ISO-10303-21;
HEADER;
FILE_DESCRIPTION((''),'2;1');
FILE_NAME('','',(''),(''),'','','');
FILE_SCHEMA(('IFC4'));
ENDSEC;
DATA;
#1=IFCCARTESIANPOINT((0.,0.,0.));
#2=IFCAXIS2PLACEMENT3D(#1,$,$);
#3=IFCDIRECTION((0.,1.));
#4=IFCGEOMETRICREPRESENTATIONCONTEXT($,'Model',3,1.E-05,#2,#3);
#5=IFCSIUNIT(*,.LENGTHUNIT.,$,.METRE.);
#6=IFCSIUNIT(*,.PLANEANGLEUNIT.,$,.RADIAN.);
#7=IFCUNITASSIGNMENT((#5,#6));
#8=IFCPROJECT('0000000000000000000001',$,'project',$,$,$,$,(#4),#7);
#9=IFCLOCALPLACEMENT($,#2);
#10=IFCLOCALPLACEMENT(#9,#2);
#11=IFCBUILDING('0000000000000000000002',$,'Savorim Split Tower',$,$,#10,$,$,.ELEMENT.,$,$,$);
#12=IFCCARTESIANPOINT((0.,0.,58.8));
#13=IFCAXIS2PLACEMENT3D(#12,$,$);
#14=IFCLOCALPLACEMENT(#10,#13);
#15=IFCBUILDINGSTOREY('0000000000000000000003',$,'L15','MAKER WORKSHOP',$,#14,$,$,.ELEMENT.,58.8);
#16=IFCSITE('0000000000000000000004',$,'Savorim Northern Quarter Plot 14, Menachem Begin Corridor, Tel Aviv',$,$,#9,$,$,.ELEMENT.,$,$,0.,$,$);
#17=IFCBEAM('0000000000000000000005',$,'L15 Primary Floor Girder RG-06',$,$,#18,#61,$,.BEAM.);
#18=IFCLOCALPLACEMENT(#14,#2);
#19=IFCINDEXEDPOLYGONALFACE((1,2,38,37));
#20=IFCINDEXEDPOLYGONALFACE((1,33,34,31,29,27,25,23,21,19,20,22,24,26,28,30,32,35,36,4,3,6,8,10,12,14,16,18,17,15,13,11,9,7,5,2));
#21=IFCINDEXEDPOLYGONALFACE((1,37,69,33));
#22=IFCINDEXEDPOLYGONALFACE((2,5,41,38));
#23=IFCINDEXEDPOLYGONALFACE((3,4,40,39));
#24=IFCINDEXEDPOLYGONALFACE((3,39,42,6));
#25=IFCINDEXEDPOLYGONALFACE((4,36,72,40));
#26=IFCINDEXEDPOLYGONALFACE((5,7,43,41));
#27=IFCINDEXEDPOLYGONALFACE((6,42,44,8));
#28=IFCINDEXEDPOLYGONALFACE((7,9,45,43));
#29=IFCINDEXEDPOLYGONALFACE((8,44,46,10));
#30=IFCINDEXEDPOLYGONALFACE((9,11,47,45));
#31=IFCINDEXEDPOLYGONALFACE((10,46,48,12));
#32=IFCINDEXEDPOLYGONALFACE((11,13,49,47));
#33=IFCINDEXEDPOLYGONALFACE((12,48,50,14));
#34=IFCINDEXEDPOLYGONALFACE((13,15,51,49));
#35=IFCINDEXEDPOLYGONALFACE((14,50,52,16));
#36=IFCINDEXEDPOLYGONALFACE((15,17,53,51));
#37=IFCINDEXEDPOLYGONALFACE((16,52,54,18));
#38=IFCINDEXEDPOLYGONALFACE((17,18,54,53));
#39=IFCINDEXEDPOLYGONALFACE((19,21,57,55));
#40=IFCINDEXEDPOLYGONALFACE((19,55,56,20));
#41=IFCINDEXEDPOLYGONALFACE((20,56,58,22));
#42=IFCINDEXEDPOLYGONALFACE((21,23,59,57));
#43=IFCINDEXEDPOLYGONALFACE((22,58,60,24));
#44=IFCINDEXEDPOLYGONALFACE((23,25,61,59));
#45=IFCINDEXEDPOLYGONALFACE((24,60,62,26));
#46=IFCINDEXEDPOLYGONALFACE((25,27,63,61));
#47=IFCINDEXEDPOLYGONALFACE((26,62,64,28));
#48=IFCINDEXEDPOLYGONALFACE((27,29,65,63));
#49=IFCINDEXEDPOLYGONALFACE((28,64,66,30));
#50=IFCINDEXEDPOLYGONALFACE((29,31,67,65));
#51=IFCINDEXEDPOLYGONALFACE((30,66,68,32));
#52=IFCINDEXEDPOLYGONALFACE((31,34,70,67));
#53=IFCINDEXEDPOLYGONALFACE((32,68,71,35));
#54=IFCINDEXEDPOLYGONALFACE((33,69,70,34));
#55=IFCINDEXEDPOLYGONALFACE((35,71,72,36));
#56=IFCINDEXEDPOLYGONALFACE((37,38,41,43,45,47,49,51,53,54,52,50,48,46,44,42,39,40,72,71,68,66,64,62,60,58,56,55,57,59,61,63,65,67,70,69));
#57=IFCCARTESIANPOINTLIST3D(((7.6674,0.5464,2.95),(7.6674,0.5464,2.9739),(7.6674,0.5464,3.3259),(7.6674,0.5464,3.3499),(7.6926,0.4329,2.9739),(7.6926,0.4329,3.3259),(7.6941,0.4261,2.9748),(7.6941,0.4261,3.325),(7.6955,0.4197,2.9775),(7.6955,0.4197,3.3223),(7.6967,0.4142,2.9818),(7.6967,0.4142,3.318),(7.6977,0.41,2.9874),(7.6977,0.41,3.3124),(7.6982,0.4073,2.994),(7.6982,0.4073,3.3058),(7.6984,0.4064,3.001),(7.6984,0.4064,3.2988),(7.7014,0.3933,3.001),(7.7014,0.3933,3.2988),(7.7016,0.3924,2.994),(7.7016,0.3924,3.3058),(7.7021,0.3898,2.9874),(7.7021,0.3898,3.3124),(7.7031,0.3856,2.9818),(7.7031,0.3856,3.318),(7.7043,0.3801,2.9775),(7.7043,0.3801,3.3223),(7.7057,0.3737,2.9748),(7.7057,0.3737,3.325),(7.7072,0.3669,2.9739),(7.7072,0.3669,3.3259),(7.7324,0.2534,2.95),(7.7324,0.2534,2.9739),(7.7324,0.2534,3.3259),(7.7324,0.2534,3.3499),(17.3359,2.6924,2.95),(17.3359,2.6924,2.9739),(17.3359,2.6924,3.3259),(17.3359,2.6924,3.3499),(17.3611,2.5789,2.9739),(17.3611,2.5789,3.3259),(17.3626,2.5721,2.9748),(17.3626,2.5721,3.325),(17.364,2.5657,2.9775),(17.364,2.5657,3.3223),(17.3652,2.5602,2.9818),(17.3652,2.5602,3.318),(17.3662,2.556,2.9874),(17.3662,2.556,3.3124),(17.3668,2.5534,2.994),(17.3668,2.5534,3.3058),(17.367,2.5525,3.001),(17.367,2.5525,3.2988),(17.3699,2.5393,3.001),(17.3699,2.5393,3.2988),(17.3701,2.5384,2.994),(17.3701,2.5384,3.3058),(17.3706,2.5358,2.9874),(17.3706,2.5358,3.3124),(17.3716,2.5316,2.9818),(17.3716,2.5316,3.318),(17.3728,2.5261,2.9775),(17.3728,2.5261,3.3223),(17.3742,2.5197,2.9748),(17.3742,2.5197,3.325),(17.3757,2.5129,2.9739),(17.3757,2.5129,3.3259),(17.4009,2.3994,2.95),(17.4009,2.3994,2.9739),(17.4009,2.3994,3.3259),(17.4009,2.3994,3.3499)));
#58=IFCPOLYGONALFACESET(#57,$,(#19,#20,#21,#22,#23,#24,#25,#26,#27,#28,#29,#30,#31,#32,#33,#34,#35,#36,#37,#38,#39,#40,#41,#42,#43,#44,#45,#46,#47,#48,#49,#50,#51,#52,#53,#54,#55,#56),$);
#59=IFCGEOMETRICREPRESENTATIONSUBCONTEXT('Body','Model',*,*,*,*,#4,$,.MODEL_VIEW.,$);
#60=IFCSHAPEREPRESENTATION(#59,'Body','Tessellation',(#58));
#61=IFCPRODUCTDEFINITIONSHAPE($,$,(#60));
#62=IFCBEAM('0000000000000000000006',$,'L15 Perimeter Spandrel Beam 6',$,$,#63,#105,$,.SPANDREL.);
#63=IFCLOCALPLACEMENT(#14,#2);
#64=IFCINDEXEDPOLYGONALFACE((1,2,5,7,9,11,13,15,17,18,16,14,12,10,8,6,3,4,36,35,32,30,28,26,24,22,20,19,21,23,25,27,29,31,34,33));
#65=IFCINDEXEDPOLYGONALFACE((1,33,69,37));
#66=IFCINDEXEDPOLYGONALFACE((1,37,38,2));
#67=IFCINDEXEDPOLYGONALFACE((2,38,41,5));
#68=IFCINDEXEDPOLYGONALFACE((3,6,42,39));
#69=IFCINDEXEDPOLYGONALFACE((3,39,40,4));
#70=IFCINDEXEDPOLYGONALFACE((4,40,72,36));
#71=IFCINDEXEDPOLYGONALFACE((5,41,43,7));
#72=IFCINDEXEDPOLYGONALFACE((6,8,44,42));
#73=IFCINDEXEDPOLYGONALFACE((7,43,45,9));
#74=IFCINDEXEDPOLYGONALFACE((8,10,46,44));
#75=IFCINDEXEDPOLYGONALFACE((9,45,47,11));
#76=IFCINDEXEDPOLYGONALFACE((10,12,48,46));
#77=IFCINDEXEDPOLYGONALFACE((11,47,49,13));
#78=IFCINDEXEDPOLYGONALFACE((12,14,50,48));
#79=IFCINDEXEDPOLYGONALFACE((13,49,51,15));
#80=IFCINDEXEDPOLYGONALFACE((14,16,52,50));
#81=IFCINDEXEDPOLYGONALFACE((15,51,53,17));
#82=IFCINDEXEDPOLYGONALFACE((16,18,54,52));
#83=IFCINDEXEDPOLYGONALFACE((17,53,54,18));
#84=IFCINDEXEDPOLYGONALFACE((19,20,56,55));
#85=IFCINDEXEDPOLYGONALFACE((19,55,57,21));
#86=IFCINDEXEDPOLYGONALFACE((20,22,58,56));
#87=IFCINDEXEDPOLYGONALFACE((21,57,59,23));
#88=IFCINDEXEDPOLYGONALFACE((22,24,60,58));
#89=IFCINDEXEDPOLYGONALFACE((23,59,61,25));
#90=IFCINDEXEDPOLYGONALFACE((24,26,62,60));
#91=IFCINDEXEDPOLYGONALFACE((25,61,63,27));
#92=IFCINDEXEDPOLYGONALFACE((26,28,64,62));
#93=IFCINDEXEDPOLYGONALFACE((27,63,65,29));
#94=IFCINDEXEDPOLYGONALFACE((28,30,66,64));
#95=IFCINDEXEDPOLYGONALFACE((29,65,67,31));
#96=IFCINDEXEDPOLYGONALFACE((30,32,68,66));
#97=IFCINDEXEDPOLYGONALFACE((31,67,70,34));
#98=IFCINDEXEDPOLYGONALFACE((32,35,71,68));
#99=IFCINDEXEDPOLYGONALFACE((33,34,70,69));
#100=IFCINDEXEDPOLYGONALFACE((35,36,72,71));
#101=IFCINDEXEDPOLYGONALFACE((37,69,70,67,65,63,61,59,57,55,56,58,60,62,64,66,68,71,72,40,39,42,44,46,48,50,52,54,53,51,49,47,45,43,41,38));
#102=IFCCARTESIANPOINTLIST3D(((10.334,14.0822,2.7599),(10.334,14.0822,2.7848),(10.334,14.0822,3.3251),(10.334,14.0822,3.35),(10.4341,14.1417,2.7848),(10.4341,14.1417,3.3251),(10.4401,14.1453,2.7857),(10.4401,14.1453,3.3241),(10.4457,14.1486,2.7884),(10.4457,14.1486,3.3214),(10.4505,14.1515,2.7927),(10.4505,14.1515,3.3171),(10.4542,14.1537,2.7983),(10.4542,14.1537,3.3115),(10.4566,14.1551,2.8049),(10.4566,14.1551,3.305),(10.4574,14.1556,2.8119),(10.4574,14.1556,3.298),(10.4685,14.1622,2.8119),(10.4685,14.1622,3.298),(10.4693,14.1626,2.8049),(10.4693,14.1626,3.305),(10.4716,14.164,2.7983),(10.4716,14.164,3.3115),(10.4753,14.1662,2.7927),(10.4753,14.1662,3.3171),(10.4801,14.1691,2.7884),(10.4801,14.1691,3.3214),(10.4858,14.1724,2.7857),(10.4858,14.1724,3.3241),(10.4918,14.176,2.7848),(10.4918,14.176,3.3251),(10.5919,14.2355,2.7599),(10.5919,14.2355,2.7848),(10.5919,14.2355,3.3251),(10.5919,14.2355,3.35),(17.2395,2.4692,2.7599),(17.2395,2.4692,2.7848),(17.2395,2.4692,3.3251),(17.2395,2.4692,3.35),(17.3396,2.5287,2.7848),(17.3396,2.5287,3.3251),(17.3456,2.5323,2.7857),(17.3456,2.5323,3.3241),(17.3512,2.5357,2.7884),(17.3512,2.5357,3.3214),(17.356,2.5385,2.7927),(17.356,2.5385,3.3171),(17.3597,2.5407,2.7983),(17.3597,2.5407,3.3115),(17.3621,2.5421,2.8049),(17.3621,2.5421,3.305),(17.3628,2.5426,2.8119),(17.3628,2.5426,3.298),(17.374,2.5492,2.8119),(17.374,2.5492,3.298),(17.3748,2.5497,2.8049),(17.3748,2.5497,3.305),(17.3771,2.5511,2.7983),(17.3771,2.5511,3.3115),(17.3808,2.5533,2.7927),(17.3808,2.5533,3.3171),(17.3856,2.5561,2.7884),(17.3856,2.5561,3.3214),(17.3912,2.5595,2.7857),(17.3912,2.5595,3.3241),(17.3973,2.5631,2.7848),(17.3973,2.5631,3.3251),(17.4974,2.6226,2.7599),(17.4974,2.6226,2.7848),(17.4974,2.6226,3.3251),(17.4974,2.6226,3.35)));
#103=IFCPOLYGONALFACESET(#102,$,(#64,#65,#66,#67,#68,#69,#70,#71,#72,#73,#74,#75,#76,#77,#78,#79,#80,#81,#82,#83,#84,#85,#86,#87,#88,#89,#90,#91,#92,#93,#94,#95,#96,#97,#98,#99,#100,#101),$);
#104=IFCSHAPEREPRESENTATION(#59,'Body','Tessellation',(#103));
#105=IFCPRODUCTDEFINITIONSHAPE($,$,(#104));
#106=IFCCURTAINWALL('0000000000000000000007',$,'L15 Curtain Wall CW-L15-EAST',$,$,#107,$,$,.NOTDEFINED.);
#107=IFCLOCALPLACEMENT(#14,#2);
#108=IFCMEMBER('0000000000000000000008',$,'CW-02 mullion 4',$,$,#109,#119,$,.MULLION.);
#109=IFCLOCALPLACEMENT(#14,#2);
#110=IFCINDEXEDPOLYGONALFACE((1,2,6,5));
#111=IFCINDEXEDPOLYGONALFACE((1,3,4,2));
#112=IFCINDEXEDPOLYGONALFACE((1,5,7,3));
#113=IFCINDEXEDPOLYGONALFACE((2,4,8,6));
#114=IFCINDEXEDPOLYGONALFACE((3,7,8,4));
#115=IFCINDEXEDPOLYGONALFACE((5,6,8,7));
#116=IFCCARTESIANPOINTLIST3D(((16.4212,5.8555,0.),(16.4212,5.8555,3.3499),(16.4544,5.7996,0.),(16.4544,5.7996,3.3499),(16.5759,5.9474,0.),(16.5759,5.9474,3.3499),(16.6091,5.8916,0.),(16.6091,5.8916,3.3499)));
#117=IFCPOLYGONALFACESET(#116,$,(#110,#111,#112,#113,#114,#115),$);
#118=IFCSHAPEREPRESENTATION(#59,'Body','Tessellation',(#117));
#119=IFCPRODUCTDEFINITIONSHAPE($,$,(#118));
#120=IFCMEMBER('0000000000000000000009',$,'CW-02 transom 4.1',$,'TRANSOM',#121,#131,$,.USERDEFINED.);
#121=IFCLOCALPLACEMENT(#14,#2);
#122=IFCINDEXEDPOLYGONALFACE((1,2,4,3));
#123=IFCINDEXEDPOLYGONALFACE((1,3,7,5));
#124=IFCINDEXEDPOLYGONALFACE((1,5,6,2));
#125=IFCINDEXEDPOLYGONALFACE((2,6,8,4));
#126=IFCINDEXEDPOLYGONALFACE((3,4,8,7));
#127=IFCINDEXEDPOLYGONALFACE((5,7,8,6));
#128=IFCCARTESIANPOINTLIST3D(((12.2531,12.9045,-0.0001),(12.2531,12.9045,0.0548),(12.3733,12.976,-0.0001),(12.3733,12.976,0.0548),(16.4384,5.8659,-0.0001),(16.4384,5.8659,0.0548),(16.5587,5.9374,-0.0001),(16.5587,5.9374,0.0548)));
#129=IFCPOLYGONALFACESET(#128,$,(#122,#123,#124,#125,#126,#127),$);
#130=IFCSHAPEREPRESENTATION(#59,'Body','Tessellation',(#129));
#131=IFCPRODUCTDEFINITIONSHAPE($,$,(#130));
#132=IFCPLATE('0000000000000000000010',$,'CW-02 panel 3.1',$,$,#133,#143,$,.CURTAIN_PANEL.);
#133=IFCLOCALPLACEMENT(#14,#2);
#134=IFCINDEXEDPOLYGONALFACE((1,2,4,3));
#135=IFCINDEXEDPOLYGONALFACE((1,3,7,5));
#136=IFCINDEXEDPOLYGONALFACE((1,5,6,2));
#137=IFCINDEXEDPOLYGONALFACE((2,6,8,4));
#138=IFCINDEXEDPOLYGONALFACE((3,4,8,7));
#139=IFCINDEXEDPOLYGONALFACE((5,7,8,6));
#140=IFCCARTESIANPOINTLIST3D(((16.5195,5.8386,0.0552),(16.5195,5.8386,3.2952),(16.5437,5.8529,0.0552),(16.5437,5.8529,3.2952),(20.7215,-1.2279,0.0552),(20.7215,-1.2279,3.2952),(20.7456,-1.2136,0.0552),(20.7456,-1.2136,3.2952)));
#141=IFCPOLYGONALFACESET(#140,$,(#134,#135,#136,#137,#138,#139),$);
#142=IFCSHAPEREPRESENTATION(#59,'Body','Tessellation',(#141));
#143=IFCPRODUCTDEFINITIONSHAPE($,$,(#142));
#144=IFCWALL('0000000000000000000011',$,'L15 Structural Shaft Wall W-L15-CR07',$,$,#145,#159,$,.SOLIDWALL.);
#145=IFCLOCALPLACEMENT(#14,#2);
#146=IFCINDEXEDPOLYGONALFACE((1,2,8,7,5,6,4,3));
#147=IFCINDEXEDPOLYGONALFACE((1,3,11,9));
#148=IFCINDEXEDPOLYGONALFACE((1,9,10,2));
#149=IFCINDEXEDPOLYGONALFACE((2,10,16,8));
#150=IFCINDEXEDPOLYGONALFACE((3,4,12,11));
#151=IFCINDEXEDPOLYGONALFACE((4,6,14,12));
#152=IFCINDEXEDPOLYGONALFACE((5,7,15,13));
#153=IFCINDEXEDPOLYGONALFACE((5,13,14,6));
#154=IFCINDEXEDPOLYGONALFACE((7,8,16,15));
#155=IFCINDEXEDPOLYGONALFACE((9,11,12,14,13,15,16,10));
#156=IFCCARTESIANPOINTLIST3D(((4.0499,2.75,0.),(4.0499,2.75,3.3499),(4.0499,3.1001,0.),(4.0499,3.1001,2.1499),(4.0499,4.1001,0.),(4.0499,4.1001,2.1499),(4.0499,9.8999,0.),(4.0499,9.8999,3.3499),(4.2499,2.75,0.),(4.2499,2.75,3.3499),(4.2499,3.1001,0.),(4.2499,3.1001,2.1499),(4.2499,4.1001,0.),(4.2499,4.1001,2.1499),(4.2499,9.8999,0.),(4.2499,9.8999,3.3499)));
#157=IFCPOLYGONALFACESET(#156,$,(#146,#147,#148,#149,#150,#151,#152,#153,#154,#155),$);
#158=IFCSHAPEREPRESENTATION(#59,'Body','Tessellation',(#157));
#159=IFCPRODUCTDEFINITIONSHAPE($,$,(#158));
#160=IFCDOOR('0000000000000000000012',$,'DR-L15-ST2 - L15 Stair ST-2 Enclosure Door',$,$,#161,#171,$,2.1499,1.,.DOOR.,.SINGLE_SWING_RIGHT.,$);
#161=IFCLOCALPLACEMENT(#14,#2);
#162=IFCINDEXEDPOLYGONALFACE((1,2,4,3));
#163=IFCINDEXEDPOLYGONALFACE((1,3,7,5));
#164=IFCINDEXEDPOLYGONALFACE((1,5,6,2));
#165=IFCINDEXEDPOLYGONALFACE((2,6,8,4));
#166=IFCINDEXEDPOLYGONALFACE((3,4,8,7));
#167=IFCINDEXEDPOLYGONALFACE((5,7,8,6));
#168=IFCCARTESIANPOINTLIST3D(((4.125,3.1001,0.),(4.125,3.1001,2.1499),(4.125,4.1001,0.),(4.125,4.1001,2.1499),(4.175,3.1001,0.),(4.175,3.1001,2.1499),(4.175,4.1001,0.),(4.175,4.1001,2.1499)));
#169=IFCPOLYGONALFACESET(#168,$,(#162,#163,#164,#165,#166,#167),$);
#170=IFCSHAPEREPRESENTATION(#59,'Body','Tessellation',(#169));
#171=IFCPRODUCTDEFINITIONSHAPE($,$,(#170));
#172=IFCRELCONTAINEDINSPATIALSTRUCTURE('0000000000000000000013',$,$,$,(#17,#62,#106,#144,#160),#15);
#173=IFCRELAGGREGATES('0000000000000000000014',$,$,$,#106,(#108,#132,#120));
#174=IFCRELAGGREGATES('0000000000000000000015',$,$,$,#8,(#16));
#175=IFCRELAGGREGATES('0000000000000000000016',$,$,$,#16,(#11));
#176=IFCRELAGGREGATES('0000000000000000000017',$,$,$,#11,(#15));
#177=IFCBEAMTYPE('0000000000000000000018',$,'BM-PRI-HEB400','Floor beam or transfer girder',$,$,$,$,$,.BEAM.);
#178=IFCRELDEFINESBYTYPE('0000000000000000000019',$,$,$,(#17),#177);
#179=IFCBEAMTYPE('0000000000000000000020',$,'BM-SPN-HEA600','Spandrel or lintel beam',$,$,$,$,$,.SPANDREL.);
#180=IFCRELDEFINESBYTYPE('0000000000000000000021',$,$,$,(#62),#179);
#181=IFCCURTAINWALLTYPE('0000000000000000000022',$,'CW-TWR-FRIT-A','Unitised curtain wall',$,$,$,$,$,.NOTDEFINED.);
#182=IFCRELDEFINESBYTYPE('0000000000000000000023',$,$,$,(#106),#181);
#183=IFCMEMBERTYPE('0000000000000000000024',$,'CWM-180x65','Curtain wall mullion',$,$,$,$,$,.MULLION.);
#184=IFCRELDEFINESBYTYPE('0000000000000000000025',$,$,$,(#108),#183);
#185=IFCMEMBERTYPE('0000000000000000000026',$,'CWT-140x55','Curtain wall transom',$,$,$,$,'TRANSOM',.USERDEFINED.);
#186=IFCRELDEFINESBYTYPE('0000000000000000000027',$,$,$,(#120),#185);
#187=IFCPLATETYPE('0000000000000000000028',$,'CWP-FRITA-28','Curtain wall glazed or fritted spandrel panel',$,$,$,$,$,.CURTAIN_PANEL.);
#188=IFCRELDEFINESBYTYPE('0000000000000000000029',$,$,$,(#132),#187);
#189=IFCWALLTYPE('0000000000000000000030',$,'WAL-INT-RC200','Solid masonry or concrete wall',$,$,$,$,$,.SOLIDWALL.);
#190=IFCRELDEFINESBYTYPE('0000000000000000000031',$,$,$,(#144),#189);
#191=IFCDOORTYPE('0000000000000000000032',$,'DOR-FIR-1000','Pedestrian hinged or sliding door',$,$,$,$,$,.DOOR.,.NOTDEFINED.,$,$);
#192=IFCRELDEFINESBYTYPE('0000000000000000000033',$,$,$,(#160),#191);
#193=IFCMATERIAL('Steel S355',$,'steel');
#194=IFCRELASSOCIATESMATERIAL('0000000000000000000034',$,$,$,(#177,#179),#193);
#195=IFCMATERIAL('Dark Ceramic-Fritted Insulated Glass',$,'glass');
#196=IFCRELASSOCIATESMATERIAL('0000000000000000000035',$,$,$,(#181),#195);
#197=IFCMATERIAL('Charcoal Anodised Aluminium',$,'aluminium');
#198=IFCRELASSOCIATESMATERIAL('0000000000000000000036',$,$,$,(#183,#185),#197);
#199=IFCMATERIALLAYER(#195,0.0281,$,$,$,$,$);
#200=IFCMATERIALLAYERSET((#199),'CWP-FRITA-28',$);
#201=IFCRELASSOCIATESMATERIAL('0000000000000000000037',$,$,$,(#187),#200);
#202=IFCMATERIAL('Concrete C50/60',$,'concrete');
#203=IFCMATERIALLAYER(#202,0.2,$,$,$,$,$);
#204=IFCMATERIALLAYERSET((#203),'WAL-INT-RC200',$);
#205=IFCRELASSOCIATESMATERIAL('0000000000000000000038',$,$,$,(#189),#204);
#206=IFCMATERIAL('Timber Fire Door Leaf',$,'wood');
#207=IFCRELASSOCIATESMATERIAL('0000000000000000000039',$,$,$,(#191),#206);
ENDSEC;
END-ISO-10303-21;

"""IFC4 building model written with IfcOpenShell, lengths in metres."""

from ifc_helpers import new_model, si_unit, direction, frame, frame_2d, origin, origin_2d, place, context, subcontext, project, spatial, rectangle, i_section, extrude, material, layer, layer_set, material_profile, profile_set, type_object, element, fill, aggregate, save


model = new_model("IFC4")

# Units and contexts
model_context = context("Model", 3, precision=1e-05, world=origin(), true_north=direction((0.0, 1.0)))
body_context = subcontext(model_context, "Body", "Model", "MODEL_VIEW")
ifc_project = project(units=[si_unit("LENGTHUNIT", "METRE"), si_unit("PLANEANGLEUNIT", "RADIAN")], contexts=[model_context])

# Site, building, storey
site_placement = place(None, origin())
site = spatial("IfcSite", under=ifc_project, at=site_placement, Name="Savorim Northern Quarter Plot 14, Menachem Begin Corridor, Tel Aviv", CompositionType="ELEMENT", RefElevation=0.0)
building_placement = place(site_placement, origin())
building = spatial("IfcBuilding", under=site, at=building_placement, Name="Savorim Split Tower", CompositionType="ELEMENT")
storey_placement = place(building_placement, frame((0.0, 0.0, 58.8)))
storey = spatial("IfcBuildingStorey", under=building, at=storey_placement, Name="L15", Description="MAKER WORKSHOP", CompositionType="ELEMENT", Elevation=58.8)

# Beams
ifc_material_1 = material(Name="Steel S355", Category="steel")
ifc_material_profile_1 = material_profile(ifc_material_1, i_section(OverallWidth=0.3, OverallDepth=0.3999, WebThickness=0.0134, FlangeThickness=0.0239, FilletRadius=0.0271, at=origin_2d()), Name="HEB 400")
ifc_profile_set_1 = profile_set([ifc_material_profile_1], Name="Steel S355")
beam_type_1 = type_object("IfcBeamType", Name="BM-PRI-HEB400", Description="Floor beam or transfer girder", PredefinedType="BEAM", material=ifc_profile_set_1)
beam_1_placement = place(storey_placement, frame((17.3684, 2.5459, 3.1499), z_axis=(-0.976242, -0.216685, 0.0), x_axis=(0.216685, -0.976242, 0.0)))
element("IfcBeam", 1, at=beam_1_placement, inside=storey, type_object=beam_type_1, Name="L15 Primary Floor Girder RG-06", PredefinedType="BEAM", context=body_context, shape_type="SweptSolid", body=[
    extrude(i_section(OverallWidth=0.3, OverallDepth=0.3999, WebThickness=0.0134, FlangeThickness=0.0239, FilletRadius=0.0271, at=origin_2d()), origin(), (0.0, 0.0, 1.0), 9.9038),
])
ifc_material_profile_2 = material_profile(ifc_material_1, i_section(OverallWidth=0.3, OverallDepth=0.5901, WebThickness=0.0129, FlangeThickness=0.0249, FilletRadius=0.0271, at=origin_2d()), Name="HEA 600")
ifc_profile_set_2 = profile_set([ifc_material_profile_2], Name="Steel S355")
beam_type_2 = type_object("IfcBeamType", Name="BM-SPN-HEA600", Description="Spandrel or lintel beam", PredefinedType="SPANDREL", material=ifc_profile_set_2)
beam_2_placement = place(storey_placement, frame((17.3684, 2.5459, 3.0549), z_axis=(-0.511101, 0.859521, 0.0), x_axis=(-0.859521, -0.511101, 0.0)))
element("IfcBeam", 2, at=beam_2_placement, inside=storey, type_object=beam_type_2, Name="L15 Perimeter Spandrel Beam 6", PredefinedType="SPANDREL", context=body_context, shape_type="SweptSolid", body=[
    extrude(i_section(OverallWidth=0.3, OverallDepth=0.5901, WebThickness=0.0129, FlangeThickness=0.0249, FilletRadius=0.0271, at=origin_2d()), origin(), (0.0, 0.0, 1.0), 13.511),
])

# Curtain wall, members, plate
ifc_material_2 = material(Name="Dark Ceramic-Fritted Insulated Glass", Category="glass")
curtain_wall_type = type_object("IfcCurtainWallType", Name="CW-TWR-FRIT-A", Description="Unitised curtain wall", PredefinedType="NOTDEFINED", material=ifc_material_2)
curtain_wall_placement = place(storey_placement, origin())
curtain_wall = element("IfcCurtainWall", 3, at=curtain_wall_placement, inside=storey, type_object=curtain_wall_type, Name="L15 Curtain Wall CW-L15-EAST", PredefinedType="NOTDEFINED")
ifc_material_3 = material(Name="Charcoal Anodised Aluminium", Category="aluminium")
ifc_material_profile_3 = material_profile(ifc_material_3, rectangle(XDim=0.1799, YDim=0.0649, at=origin_2d()), Name="ALU-M 180x65")
ifc_profile_set_3 = profile_set([ifc_material_profile_3], Name="Charcoal Anodised Aluminium")
member_type_1 = type_object("IfcMemberType", Name="CWM-180x65", Description="Curtain wall mullion", PredefinedType="MULLION", material=ifc_profile_set_3)
member_1_placement = place(storey_placement, frame((16.5151, 5.8735, 0.0), z_axis=(0.0, 0.0, 1.0), x_axis=(-0.859526, -0.511092, 0.0)))
member_1 = element("IfcMember", 4, at=member_1_placement, type_object=member_type_1, Name="CW-02 mullion 4", PredefinedType="MULLION", context=body_context, shape_type="SweptSolid", body=[
    extrude(rectangle(XDim=0.1799, YDim=0.0649, at=origin_2d()), origin(), (0.0, 0.0, 1.0), 3.3499),
])
ifc_material_profile_4 = material_profile(ifc_material_3, rectangle(XDim=0.1399, YDim=0.0549, at=origin_2d()), Name="ALU-T 140x55")
ifc_profile_set_4 = profile_set([ifc_material_profile_4], Name="Charcoal Anodised Aluminium")
member_type_2 = type_object("IfcMemberType", Name="CWT-140x55", Description="Curtain wall transom", ElementType="TRANSOM", PredefinedType="USERDEFINED", material=ifc_profile_set_4)
member_2_placement = place(storey_placement, frame((16.4985, 5.9016, 0.0273), z_axis=(-0.511094, 0.859525, 0.0), x_axis=(-0.859525, -0.511094, 0.0)))
member_2 = element("IfcMember", 5, at=member_2_placement, type_object=member_type_2, Name="CW-02 transom 4.1", ObjectType="TRANSOM", PredefinedType="USERDEFINED", context=body_context, shape_type="SweptSolid", body=[
    extrude(rectangle(XDim=0.1399, YDim=0.0549, at=origin_2d()), origin(), (0.0, 0.0, 1.0), 8.189),
])
ifc_layer_1 = layer(ifc_material_2, 0.0281)
ifc_layer_set_1 = layer_set([ifc_layer_1], Name="CWP-FRITA-28")
plate_type = type_object("IfcPlateType", Name="CWP-FRITA-28", Description="Curtain wall glazed or fritted spandrel panel", PredefinedType="CURTAIN_PANEL", material=ifc_layer_set_1)
plate_placement = place(storey_placement, frame((18.6326, 2.3125, 0.0552), z_axis=(0.0, 0.0, 1.0), x_axis=(-0.511092, 0.859526, 0.0)))
plate = element("IfcPlate", 6, at=plate_placement, type_object=plate_type, Name="CW-02 panel 3.1", PredefinedType="CURTAIN_PANEL", context=body_context, shape_type="SweptSolid", body=[
    extrude(rectangle(XDim=8.2214, YDim=0.0281, at=origin_2d()), origin(), (0.0, 0.0, 1.0), 3.24),
])
aggregate(curtain_wall, [member_1, plate, member_2])

# Wall, opening, door
ifc_material_4 = material(Name="Concrete C50/60", Category="concrete")
ifc_layer_2 = layer(ifc_material_4, 0.2)
ifc_layer_set_2 = layer_set([ifc_layer_2], Name="WAL-INT-RC200")
wall_type_1 = type_object("IfcWallType", Name="WAL-INT-RC200", Description="Solid masonry or concrete wall", PredefinedType="SOLIDWALL", material=ifc_layer_set_2)
wall_1_placement = place(storey_placement, frame((4.1499, 2.75, 0.0), z_axis=(0.0, 0.0, 1.0), x_axis=(0.0, 1.0, 0.0)))
wall_1 = element("IfcWall", 7, at=wall_1_placement, inside=storey, type_object=wall_type_1, Name="L15 Structural Shaft Wall W-L15-CR07", PredefinedType="SOLIDWALL", context=body_context, shape_type="SweptSolid", body=[
    extrude(rectangle(XDim=7.1499, YDim=0.2, at=frame_2d((3.575, 0.0))), origin(), (0.0, 0.0, 1.0), 3.3499),
])
opening_placement = place(wall_1_placement, frame((0.3501, 0.0, 0.0)))
opening = element("IfcOpeningElement", 8, at=opening_placement, cuts=wall_1, PredefinedType="OPENING", context=body_context, shape_type="SweptSolid", body=[
    extrude(rectangle(XDim=1.0, YDim=2.1499, at=frame_2d((0.5, 1.075))), frame((0.0, 0.1099, 0.0), z_axis=(0.0, -1.0, 0.0), x_axis=(1.0, 0.0, 0.0)), (0.0, 0.0, 1.0), 0.22),
])
ifc_material_5 = material(Name="Timber Fire Door Leaf", Category="wood")
door_type = type_object("IfcDoorType", Name="DOR-FIR-1000", Description="Pedestrian hinged or sliding door", OperationType="NOTDEFINED", PredefinedType="DOOR", material=ifc_material_5)
door_placement = place(opening_placement, origin())
door = element("IfcDoor", 9, at=door_placement, inside=storey, type_object=door_type, Name="DR-L15-ST2 - L15 Stair ST-2 Enclosure Door", OperationType="SINGLE_SWING_RIGHT", OverallHeight=2.1499, OverallWidth=1.0, PredefinedType="DOOR", context=body_context, shape_type="SweptSolid", body=[
    extrude(rectangle(XDim=1.0, YDim=2.1499, at=frame_2d((0.5, 1.075))), frame((0.0, 0.0249, 0.0), z_axis=(0.0, -1.0, 0.0), x_axis=(1.0, 0.0, 0.0)), (0.0, 0.0, 1.0), 0.05),
])
fill(opening, door)

save(model, "model.ifc")
